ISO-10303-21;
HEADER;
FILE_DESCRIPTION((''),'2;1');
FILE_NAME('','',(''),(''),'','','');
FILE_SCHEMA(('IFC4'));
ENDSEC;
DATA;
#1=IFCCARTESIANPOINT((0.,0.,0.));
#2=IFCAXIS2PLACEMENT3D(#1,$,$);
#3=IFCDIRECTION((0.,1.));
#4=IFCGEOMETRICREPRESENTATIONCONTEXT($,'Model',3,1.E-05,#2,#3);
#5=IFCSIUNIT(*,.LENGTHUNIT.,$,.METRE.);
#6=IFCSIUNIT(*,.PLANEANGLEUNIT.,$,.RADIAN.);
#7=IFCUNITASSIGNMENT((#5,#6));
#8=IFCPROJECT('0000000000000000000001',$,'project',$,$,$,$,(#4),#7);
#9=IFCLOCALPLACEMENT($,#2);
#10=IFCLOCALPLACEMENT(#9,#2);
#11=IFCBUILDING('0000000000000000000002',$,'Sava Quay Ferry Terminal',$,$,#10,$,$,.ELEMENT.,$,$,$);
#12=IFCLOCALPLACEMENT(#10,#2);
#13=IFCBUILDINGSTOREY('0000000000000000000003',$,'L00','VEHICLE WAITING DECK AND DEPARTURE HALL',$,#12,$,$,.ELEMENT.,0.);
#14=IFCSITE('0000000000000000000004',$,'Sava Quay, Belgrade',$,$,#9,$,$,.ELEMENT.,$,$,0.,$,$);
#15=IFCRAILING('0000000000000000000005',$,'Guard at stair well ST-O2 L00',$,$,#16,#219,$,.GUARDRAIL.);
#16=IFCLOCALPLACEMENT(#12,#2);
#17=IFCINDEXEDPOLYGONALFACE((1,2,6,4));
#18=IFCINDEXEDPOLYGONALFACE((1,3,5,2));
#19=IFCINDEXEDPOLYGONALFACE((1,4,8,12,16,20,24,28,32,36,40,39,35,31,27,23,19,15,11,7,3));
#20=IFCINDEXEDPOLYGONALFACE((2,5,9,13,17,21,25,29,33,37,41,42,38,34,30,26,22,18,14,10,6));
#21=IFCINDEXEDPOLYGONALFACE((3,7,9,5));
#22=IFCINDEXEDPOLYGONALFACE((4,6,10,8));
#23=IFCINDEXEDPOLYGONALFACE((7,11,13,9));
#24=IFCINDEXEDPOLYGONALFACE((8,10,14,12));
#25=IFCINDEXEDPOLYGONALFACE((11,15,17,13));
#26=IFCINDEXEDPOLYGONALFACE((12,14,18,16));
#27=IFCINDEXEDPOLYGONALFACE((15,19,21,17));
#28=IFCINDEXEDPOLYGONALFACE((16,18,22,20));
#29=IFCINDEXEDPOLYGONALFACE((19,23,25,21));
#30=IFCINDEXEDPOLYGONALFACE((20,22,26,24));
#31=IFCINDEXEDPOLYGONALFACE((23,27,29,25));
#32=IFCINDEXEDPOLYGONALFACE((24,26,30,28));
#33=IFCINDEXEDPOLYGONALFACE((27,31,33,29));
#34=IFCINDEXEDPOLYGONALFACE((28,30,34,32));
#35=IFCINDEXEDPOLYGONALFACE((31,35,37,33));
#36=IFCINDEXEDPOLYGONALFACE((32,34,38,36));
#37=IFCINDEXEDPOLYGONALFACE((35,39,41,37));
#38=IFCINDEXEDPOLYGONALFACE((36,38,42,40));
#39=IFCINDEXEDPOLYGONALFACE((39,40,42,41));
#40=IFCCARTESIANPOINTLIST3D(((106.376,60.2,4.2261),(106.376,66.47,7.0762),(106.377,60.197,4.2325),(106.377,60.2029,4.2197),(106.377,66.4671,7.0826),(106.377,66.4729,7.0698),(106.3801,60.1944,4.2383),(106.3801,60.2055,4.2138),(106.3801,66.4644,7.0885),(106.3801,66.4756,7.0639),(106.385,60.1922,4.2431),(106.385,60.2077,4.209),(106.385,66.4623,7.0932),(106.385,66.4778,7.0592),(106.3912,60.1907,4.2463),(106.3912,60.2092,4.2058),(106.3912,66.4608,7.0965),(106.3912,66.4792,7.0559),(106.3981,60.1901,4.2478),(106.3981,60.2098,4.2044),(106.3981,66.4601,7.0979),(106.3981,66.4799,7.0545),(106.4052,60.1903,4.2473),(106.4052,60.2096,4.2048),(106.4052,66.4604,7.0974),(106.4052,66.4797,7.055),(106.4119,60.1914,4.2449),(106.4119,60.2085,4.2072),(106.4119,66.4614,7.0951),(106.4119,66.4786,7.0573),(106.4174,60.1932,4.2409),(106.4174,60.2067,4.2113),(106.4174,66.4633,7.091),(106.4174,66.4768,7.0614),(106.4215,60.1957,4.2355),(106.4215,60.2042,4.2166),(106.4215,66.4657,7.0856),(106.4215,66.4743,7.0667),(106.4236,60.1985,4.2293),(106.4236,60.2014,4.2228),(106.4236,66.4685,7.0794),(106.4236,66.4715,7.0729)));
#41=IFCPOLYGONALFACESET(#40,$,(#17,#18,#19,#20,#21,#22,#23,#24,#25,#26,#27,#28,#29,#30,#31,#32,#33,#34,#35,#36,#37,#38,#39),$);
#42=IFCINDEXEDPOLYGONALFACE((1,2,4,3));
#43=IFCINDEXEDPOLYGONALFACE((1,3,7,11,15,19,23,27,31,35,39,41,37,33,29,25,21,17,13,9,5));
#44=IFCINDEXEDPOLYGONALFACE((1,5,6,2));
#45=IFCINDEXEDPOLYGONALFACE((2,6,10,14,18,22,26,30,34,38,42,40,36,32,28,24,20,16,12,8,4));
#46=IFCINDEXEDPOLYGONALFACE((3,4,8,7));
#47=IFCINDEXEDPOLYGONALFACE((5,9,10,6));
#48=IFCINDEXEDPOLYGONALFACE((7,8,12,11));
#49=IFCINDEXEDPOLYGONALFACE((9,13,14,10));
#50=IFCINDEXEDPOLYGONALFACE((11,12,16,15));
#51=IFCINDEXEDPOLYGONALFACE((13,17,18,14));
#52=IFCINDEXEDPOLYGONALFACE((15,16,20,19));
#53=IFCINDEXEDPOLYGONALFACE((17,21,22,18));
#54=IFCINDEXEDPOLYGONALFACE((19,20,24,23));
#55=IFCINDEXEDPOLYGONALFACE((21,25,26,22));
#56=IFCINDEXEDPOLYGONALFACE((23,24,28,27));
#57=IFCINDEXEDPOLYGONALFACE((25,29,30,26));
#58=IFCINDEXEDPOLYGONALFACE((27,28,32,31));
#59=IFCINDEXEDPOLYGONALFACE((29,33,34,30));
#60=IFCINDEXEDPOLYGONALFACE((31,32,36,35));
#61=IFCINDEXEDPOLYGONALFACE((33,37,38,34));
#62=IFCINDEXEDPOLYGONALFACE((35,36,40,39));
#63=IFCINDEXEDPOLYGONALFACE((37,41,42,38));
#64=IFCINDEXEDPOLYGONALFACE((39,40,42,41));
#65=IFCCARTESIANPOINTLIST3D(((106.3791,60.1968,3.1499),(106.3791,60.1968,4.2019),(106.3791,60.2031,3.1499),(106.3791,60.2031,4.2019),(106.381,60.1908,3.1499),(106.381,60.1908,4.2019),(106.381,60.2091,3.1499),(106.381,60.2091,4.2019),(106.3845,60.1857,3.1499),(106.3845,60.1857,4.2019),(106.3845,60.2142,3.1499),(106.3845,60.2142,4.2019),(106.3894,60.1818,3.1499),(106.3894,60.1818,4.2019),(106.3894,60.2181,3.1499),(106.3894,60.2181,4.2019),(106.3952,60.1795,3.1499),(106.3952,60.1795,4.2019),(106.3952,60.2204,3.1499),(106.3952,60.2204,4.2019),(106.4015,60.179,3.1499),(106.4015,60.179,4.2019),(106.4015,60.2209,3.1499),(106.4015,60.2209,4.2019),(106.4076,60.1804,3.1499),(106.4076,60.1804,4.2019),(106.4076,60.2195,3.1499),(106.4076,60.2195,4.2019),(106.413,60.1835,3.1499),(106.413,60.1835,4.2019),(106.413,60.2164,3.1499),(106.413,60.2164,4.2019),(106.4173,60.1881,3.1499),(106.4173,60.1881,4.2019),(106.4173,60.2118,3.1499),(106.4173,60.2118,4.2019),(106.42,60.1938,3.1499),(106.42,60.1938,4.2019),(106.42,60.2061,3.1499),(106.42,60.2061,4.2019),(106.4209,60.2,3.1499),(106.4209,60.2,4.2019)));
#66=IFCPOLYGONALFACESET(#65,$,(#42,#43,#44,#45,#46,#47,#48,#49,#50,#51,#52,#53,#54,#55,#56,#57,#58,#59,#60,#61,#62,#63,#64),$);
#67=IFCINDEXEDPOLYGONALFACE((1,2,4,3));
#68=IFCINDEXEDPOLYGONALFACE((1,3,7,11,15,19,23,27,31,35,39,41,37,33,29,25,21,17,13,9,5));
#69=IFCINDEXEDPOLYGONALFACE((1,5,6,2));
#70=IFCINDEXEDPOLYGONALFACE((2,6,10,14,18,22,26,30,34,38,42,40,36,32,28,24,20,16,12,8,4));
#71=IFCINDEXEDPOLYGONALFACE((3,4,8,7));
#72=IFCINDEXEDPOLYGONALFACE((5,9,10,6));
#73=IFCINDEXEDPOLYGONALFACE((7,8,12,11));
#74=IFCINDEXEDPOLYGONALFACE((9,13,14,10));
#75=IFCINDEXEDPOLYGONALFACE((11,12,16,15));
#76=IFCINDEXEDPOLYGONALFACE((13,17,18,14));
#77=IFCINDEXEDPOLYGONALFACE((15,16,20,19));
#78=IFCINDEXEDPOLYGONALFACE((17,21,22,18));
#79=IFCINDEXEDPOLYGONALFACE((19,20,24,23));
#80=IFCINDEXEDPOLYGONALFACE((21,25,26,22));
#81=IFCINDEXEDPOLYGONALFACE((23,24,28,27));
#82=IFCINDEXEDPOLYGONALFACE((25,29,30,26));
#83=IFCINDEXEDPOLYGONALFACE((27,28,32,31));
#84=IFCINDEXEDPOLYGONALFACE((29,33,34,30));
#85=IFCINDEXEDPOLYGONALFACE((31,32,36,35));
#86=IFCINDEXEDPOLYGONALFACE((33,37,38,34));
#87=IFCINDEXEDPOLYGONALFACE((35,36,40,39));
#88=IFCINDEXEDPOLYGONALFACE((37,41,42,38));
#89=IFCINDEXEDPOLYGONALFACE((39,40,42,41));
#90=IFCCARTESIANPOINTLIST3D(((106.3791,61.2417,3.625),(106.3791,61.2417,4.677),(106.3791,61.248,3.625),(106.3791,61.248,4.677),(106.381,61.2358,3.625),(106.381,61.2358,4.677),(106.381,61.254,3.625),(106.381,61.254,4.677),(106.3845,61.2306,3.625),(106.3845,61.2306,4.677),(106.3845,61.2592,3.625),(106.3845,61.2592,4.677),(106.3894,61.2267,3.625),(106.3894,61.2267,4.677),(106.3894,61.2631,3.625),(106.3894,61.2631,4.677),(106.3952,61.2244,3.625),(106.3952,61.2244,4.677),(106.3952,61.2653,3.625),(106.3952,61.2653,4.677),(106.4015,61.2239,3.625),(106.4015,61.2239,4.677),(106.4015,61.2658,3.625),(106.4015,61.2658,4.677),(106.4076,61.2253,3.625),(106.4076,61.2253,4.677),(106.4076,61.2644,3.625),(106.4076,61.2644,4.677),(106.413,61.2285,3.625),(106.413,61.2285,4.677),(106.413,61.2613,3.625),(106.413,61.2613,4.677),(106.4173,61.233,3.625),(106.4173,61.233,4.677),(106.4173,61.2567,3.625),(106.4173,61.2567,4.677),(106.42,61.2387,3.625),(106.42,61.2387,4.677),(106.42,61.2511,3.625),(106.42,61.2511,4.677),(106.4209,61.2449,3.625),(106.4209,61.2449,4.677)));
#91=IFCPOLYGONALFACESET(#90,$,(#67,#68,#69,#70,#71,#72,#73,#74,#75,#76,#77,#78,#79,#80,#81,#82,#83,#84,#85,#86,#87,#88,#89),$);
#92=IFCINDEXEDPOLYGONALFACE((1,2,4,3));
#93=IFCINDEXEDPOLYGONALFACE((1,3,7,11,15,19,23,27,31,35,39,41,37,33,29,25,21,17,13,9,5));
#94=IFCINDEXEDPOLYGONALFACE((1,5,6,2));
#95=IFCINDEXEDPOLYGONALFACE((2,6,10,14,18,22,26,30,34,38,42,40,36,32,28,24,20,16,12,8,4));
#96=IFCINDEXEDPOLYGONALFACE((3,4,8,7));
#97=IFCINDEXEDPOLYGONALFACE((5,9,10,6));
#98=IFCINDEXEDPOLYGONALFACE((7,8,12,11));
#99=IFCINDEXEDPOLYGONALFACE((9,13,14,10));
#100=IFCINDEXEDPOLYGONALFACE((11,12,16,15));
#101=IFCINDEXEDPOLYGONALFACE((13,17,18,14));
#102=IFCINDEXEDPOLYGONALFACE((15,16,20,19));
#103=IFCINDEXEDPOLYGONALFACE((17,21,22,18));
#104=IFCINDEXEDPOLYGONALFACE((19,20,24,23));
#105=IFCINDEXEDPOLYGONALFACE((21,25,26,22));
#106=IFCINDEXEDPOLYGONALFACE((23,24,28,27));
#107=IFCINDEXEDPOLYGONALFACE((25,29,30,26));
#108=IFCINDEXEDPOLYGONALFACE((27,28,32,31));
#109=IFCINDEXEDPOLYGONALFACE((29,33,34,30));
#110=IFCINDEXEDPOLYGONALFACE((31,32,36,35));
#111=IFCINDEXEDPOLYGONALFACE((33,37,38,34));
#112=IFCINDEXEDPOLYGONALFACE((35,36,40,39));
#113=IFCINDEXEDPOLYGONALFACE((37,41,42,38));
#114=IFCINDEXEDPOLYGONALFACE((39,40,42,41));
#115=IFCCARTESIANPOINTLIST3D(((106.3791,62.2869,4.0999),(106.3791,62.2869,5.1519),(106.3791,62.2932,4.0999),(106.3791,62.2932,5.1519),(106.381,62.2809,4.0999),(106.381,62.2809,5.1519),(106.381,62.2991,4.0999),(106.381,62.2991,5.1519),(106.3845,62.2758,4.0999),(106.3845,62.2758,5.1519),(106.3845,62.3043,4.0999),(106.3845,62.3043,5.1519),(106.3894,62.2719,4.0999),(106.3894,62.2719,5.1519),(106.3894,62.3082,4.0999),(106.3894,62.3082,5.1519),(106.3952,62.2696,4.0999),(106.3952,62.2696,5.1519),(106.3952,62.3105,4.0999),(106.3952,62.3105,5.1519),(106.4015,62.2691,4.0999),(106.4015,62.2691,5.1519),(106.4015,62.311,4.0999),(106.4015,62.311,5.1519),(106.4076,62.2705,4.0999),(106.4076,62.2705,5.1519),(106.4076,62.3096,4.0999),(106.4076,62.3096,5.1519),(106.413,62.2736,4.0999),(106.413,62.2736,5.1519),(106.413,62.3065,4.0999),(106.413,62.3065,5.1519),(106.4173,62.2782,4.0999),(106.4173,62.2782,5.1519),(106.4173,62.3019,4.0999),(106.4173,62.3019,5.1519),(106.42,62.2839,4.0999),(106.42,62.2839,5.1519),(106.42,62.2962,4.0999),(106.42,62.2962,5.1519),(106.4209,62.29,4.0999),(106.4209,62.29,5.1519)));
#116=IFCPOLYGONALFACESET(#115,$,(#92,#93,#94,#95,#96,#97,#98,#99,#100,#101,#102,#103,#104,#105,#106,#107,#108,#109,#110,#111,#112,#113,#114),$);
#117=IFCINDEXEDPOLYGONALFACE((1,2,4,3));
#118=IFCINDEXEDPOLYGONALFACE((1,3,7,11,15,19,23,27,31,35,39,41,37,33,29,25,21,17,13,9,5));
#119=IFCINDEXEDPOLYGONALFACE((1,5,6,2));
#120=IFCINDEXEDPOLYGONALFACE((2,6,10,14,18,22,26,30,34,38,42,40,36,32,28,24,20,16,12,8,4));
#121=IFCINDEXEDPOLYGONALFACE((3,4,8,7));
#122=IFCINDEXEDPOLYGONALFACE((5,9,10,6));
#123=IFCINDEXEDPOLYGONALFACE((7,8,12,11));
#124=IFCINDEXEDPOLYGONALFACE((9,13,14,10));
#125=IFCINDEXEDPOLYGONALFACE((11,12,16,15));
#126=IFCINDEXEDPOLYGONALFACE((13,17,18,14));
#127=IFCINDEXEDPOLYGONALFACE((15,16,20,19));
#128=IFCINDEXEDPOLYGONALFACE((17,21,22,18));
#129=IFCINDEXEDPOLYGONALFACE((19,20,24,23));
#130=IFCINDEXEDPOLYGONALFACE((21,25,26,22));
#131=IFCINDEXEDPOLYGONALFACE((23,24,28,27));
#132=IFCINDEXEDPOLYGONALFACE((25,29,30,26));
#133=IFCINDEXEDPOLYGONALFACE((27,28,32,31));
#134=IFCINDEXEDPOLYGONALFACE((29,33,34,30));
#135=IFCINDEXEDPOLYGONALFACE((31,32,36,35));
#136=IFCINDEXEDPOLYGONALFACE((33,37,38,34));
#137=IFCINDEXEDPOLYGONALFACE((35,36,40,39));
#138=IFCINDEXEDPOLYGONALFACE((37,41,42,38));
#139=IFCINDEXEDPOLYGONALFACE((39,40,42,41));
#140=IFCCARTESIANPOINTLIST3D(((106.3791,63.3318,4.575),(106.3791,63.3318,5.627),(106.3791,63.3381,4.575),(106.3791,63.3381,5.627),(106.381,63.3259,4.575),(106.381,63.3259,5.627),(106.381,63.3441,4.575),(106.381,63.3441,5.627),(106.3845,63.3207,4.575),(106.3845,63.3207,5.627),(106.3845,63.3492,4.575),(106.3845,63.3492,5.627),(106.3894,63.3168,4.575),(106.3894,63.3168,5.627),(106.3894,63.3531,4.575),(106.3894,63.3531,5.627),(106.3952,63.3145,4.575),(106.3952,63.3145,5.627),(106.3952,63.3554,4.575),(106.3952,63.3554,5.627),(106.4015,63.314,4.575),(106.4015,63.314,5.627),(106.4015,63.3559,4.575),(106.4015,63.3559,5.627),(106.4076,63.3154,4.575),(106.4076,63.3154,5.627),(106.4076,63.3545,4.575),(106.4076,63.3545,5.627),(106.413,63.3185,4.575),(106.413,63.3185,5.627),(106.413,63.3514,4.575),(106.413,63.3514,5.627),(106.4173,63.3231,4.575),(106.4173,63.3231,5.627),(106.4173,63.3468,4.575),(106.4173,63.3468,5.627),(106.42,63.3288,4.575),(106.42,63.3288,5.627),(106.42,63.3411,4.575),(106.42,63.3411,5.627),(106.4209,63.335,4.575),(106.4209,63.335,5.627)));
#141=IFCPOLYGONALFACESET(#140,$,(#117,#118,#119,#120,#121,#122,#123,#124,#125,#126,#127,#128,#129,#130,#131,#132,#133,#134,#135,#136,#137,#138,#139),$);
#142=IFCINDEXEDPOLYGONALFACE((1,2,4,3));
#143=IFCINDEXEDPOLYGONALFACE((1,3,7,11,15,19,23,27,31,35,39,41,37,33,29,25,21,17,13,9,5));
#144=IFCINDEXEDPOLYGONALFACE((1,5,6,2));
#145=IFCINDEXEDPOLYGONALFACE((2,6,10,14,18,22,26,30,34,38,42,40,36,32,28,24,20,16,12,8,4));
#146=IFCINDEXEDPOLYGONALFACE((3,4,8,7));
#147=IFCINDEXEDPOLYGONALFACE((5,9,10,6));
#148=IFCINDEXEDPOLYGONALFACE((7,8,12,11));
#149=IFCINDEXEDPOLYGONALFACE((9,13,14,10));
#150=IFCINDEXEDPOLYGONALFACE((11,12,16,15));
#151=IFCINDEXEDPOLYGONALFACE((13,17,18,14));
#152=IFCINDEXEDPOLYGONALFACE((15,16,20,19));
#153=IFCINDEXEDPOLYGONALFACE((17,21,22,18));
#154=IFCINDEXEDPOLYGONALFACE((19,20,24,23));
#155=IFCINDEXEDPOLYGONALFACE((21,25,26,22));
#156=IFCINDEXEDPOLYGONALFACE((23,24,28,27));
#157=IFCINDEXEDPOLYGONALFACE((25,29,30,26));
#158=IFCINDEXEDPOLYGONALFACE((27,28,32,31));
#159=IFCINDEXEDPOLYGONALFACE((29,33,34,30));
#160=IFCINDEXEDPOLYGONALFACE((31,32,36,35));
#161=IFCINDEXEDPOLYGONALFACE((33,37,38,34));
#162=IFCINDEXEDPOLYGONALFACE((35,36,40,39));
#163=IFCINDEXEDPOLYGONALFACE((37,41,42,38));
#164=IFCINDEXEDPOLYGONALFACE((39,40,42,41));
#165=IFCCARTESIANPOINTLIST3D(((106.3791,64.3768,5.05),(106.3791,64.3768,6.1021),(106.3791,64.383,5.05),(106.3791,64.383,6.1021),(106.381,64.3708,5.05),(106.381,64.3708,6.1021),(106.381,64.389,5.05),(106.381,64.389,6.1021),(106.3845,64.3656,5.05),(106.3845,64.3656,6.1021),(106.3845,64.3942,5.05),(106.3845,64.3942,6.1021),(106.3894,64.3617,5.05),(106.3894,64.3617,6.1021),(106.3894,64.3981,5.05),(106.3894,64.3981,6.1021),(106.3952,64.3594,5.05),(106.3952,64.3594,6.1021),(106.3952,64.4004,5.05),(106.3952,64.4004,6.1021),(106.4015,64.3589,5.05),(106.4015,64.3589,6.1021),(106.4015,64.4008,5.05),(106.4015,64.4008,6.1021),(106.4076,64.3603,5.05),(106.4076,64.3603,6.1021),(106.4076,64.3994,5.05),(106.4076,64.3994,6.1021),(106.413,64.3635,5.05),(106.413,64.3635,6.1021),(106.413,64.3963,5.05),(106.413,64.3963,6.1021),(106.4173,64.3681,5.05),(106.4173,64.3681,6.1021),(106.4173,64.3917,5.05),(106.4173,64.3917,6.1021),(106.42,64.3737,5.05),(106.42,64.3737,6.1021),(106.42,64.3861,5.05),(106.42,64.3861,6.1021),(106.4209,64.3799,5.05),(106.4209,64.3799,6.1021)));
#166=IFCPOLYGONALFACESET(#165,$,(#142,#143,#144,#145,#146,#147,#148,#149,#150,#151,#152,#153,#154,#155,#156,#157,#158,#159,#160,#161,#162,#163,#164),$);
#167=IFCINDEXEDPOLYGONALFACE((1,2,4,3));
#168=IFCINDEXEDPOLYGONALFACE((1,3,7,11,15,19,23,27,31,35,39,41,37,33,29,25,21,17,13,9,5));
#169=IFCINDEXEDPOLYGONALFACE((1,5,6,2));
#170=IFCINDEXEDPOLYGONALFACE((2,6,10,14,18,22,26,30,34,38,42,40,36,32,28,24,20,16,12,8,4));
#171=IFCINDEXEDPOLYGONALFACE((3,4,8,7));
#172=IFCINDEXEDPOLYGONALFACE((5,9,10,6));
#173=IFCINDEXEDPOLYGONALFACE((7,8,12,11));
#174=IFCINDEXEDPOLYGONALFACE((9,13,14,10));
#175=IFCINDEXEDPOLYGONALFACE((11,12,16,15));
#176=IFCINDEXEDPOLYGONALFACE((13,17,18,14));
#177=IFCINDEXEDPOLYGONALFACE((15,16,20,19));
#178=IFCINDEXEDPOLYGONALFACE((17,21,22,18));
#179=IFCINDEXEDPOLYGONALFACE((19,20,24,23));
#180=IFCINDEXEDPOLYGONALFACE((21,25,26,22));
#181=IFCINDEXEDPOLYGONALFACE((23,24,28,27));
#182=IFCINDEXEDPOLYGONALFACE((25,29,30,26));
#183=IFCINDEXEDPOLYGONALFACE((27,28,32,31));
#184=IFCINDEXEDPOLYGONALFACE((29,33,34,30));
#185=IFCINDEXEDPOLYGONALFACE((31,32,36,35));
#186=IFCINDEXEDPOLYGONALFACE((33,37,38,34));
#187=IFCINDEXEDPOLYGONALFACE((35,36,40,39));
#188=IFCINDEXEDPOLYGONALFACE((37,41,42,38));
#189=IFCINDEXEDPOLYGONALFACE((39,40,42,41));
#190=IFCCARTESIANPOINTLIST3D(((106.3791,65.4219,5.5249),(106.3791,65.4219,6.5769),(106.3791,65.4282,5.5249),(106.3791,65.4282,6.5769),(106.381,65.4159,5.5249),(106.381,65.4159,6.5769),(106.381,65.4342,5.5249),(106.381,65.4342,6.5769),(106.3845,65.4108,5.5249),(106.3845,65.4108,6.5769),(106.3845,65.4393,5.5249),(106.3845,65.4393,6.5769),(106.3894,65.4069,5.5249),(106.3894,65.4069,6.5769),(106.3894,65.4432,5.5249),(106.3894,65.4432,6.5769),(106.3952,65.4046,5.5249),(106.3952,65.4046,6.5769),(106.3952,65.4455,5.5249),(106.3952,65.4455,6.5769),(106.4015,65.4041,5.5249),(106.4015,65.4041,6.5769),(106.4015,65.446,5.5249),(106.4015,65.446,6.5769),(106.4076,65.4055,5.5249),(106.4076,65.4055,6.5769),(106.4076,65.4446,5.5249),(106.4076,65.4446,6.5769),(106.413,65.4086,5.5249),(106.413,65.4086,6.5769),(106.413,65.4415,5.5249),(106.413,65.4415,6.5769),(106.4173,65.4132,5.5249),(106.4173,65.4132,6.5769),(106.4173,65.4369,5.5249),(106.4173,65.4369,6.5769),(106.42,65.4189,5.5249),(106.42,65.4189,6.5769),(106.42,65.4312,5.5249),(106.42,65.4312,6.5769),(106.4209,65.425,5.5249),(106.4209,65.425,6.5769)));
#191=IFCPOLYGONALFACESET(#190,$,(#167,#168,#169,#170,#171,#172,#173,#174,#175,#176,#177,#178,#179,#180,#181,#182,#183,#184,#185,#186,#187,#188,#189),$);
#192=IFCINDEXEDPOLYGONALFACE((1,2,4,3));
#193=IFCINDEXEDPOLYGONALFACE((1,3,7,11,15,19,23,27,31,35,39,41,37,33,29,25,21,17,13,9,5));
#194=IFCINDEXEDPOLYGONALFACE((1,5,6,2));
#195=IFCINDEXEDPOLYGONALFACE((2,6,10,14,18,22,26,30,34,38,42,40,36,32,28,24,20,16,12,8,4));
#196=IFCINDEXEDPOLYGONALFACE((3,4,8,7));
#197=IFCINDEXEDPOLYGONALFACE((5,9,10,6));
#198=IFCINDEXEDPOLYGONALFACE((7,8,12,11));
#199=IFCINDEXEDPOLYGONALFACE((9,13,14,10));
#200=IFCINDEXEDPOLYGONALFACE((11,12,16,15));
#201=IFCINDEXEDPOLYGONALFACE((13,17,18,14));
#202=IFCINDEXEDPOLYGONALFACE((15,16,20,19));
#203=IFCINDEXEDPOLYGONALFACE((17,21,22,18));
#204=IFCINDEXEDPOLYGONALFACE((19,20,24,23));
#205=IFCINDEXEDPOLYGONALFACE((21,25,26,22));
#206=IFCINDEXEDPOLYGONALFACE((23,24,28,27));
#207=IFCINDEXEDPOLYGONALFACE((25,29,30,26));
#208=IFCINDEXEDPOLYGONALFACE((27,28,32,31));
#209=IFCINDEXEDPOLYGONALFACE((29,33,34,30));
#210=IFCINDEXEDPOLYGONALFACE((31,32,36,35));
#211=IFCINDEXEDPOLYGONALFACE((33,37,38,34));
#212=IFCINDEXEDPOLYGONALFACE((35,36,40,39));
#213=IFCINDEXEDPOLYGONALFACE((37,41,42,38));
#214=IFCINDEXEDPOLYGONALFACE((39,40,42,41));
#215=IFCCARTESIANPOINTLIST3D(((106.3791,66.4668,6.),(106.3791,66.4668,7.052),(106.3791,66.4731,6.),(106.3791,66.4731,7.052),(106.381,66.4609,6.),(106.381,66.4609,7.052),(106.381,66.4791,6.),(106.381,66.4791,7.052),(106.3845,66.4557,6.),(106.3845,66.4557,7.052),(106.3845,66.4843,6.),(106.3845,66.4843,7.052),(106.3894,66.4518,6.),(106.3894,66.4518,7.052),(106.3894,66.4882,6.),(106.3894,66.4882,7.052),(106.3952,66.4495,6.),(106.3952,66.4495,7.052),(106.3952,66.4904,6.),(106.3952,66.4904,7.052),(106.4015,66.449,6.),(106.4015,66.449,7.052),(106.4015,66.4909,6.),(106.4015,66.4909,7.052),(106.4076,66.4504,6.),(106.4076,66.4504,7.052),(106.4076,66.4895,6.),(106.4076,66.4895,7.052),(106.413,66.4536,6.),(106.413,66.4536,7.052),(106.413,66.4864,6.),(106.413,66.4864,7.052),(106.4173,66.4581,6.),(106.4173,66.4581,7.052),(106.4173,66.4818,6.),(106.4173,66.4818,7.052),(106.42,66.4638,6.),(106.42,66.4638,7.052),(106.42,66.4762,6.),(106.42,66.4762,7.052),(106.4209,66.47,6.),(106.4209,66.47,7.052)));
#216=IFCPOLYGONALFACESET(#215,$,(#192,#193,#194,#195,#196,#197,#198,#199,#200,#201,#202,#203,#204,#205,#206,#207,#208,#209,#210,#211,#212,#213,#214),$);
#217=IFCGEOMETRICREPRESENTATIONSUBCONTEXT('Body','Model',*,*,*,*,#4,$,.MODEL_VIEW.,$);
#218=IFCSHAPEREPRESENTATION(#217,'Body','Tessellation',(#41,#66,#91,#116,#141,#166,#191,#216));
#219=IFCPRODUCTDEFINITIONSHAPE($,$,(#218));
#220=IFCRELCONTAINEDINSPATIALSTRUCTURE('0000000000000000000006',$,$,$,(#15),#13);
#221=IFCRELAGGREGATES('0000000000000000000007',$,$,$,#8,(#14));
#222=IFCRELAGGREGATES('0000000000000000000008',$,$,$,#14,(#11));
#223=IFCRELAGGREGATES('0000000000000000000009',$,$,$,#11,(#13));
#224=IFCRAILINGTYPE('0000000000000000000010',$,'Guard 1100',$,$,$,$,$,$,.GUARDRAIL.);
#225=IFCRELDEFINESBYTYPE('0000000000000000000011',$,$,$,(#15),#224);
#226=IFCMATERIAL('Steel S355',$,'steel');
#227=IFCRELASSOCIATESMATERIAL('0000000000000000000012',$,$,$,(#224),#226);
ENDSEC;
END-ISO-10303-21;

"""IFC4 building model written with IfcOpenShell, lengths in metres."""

from ifc_helpers import new_model, si_unit, direction, frame, origin, origin_2d, place, context, subcontext, project, spatial, circle, extrude, material, type_object, element, save


model = new_model("IFC4")

# Units and contexts
model_context = context("Model", 3, precision=1e-05, world=origin(), true_north=direction((0.0, 1.0)))
body_context = subcontext(model_context, "Body", "Model", "MODEL_VIEW")
ifc_project = project(units=[si_unit("LENGTHUNIT", "METRE"), si_unit("PLANEANGLEUNIT", "RADIAN")], contexts=[model_context])

# Site, building, storey
site_placement = place(None, origin())
site = spatial("IfcSite", under=ifc_project, at=site_placement, Name="Sava Quay, Belgrade", CompositionType="ELEMENT", RefElevation=0.0)
building_placement = place(site_placement, origin())
building = spatial("IfcBuilding", under=site, at=building_placement, Name="Sava Quay Ferry Terminal", CompositionType="ELEMENT")
storey_placement = place(building_placement, origin())
storey = spatial("IfcBuildingStorey", under=building, at=storey_placement, Name="L00", Description="VEHICLE WAITING DECK AND DEPARTURE HALL", CompositionType="ELEMENT", Elevation=0.0)

# Railing
ifc_material_1 = material(Name="Steel S355", Category="steel")
railing_type_1 = type_object("IfcRailingType", Name="Guard 1100", PredefinedType="GUARDRAIL", material=ifc_material_1)
railing_1_placement = place(storey_placement, frame((106.3999, 60.2, 3.1499)))
element("IfcRailing", 1, at=railing_1_placement, inside=storey, type_object=railing_type_1, Name="Guard at stair well ST-O2 L00", PredefinedType="GUARDRAIL", context=body_context, shape_type="SweptSolid", body=[
    extrude(circle(Radius=0.0239, at=origin_2d()), frame((0.0, 0.0, 1.0762), z_axis=(0.0, 0.910362, 0.413814), x_axis=(-1.0, 0.0, 0.0)), (0.0, 0.0, 1.0), 6.8875),
    extrude(circle(Radius=0.021, at=origin_2d()), origin(), (0.0, 0.0, 1.0), 1.052),
    extrude(circle(Radius=0.021, at=origin_2d()), frame((0.0, 1.0449, 0.4751)), (0.0, 0.0, 1.0), 1.052),
    extrude(circle(Radius=0.021, at=origin_2d()), frame((0.0, 2.0901, 0.95)), (0.0, 0.0, 1.0), 1.052),
    extrude(circle(Radius=0.021, at=origin_2d()), frame((0.0, 3.135, 1.425)), (0.0, 0.0, 1.0), 1.052),
    extrude(circle(Radius=0.021, at=origin_2d()), frame((0.0, 4.1799, 1.9001)), (0.0, 0.0, 1.0), 1.052),
    extrude(circle(Radius=0.021, at=origin_2d()), frame((0.0, 5.2251, 2.375)), (0.0, 0.0, 1.0), 1.052),
    extrude(circle(Radius=0.021, at=origin_2d()), frame((0.0, 6.27, 2.8501)), (0.0, 0.0, 1.0), 1.052),
])

save(model, "model.ifc")
